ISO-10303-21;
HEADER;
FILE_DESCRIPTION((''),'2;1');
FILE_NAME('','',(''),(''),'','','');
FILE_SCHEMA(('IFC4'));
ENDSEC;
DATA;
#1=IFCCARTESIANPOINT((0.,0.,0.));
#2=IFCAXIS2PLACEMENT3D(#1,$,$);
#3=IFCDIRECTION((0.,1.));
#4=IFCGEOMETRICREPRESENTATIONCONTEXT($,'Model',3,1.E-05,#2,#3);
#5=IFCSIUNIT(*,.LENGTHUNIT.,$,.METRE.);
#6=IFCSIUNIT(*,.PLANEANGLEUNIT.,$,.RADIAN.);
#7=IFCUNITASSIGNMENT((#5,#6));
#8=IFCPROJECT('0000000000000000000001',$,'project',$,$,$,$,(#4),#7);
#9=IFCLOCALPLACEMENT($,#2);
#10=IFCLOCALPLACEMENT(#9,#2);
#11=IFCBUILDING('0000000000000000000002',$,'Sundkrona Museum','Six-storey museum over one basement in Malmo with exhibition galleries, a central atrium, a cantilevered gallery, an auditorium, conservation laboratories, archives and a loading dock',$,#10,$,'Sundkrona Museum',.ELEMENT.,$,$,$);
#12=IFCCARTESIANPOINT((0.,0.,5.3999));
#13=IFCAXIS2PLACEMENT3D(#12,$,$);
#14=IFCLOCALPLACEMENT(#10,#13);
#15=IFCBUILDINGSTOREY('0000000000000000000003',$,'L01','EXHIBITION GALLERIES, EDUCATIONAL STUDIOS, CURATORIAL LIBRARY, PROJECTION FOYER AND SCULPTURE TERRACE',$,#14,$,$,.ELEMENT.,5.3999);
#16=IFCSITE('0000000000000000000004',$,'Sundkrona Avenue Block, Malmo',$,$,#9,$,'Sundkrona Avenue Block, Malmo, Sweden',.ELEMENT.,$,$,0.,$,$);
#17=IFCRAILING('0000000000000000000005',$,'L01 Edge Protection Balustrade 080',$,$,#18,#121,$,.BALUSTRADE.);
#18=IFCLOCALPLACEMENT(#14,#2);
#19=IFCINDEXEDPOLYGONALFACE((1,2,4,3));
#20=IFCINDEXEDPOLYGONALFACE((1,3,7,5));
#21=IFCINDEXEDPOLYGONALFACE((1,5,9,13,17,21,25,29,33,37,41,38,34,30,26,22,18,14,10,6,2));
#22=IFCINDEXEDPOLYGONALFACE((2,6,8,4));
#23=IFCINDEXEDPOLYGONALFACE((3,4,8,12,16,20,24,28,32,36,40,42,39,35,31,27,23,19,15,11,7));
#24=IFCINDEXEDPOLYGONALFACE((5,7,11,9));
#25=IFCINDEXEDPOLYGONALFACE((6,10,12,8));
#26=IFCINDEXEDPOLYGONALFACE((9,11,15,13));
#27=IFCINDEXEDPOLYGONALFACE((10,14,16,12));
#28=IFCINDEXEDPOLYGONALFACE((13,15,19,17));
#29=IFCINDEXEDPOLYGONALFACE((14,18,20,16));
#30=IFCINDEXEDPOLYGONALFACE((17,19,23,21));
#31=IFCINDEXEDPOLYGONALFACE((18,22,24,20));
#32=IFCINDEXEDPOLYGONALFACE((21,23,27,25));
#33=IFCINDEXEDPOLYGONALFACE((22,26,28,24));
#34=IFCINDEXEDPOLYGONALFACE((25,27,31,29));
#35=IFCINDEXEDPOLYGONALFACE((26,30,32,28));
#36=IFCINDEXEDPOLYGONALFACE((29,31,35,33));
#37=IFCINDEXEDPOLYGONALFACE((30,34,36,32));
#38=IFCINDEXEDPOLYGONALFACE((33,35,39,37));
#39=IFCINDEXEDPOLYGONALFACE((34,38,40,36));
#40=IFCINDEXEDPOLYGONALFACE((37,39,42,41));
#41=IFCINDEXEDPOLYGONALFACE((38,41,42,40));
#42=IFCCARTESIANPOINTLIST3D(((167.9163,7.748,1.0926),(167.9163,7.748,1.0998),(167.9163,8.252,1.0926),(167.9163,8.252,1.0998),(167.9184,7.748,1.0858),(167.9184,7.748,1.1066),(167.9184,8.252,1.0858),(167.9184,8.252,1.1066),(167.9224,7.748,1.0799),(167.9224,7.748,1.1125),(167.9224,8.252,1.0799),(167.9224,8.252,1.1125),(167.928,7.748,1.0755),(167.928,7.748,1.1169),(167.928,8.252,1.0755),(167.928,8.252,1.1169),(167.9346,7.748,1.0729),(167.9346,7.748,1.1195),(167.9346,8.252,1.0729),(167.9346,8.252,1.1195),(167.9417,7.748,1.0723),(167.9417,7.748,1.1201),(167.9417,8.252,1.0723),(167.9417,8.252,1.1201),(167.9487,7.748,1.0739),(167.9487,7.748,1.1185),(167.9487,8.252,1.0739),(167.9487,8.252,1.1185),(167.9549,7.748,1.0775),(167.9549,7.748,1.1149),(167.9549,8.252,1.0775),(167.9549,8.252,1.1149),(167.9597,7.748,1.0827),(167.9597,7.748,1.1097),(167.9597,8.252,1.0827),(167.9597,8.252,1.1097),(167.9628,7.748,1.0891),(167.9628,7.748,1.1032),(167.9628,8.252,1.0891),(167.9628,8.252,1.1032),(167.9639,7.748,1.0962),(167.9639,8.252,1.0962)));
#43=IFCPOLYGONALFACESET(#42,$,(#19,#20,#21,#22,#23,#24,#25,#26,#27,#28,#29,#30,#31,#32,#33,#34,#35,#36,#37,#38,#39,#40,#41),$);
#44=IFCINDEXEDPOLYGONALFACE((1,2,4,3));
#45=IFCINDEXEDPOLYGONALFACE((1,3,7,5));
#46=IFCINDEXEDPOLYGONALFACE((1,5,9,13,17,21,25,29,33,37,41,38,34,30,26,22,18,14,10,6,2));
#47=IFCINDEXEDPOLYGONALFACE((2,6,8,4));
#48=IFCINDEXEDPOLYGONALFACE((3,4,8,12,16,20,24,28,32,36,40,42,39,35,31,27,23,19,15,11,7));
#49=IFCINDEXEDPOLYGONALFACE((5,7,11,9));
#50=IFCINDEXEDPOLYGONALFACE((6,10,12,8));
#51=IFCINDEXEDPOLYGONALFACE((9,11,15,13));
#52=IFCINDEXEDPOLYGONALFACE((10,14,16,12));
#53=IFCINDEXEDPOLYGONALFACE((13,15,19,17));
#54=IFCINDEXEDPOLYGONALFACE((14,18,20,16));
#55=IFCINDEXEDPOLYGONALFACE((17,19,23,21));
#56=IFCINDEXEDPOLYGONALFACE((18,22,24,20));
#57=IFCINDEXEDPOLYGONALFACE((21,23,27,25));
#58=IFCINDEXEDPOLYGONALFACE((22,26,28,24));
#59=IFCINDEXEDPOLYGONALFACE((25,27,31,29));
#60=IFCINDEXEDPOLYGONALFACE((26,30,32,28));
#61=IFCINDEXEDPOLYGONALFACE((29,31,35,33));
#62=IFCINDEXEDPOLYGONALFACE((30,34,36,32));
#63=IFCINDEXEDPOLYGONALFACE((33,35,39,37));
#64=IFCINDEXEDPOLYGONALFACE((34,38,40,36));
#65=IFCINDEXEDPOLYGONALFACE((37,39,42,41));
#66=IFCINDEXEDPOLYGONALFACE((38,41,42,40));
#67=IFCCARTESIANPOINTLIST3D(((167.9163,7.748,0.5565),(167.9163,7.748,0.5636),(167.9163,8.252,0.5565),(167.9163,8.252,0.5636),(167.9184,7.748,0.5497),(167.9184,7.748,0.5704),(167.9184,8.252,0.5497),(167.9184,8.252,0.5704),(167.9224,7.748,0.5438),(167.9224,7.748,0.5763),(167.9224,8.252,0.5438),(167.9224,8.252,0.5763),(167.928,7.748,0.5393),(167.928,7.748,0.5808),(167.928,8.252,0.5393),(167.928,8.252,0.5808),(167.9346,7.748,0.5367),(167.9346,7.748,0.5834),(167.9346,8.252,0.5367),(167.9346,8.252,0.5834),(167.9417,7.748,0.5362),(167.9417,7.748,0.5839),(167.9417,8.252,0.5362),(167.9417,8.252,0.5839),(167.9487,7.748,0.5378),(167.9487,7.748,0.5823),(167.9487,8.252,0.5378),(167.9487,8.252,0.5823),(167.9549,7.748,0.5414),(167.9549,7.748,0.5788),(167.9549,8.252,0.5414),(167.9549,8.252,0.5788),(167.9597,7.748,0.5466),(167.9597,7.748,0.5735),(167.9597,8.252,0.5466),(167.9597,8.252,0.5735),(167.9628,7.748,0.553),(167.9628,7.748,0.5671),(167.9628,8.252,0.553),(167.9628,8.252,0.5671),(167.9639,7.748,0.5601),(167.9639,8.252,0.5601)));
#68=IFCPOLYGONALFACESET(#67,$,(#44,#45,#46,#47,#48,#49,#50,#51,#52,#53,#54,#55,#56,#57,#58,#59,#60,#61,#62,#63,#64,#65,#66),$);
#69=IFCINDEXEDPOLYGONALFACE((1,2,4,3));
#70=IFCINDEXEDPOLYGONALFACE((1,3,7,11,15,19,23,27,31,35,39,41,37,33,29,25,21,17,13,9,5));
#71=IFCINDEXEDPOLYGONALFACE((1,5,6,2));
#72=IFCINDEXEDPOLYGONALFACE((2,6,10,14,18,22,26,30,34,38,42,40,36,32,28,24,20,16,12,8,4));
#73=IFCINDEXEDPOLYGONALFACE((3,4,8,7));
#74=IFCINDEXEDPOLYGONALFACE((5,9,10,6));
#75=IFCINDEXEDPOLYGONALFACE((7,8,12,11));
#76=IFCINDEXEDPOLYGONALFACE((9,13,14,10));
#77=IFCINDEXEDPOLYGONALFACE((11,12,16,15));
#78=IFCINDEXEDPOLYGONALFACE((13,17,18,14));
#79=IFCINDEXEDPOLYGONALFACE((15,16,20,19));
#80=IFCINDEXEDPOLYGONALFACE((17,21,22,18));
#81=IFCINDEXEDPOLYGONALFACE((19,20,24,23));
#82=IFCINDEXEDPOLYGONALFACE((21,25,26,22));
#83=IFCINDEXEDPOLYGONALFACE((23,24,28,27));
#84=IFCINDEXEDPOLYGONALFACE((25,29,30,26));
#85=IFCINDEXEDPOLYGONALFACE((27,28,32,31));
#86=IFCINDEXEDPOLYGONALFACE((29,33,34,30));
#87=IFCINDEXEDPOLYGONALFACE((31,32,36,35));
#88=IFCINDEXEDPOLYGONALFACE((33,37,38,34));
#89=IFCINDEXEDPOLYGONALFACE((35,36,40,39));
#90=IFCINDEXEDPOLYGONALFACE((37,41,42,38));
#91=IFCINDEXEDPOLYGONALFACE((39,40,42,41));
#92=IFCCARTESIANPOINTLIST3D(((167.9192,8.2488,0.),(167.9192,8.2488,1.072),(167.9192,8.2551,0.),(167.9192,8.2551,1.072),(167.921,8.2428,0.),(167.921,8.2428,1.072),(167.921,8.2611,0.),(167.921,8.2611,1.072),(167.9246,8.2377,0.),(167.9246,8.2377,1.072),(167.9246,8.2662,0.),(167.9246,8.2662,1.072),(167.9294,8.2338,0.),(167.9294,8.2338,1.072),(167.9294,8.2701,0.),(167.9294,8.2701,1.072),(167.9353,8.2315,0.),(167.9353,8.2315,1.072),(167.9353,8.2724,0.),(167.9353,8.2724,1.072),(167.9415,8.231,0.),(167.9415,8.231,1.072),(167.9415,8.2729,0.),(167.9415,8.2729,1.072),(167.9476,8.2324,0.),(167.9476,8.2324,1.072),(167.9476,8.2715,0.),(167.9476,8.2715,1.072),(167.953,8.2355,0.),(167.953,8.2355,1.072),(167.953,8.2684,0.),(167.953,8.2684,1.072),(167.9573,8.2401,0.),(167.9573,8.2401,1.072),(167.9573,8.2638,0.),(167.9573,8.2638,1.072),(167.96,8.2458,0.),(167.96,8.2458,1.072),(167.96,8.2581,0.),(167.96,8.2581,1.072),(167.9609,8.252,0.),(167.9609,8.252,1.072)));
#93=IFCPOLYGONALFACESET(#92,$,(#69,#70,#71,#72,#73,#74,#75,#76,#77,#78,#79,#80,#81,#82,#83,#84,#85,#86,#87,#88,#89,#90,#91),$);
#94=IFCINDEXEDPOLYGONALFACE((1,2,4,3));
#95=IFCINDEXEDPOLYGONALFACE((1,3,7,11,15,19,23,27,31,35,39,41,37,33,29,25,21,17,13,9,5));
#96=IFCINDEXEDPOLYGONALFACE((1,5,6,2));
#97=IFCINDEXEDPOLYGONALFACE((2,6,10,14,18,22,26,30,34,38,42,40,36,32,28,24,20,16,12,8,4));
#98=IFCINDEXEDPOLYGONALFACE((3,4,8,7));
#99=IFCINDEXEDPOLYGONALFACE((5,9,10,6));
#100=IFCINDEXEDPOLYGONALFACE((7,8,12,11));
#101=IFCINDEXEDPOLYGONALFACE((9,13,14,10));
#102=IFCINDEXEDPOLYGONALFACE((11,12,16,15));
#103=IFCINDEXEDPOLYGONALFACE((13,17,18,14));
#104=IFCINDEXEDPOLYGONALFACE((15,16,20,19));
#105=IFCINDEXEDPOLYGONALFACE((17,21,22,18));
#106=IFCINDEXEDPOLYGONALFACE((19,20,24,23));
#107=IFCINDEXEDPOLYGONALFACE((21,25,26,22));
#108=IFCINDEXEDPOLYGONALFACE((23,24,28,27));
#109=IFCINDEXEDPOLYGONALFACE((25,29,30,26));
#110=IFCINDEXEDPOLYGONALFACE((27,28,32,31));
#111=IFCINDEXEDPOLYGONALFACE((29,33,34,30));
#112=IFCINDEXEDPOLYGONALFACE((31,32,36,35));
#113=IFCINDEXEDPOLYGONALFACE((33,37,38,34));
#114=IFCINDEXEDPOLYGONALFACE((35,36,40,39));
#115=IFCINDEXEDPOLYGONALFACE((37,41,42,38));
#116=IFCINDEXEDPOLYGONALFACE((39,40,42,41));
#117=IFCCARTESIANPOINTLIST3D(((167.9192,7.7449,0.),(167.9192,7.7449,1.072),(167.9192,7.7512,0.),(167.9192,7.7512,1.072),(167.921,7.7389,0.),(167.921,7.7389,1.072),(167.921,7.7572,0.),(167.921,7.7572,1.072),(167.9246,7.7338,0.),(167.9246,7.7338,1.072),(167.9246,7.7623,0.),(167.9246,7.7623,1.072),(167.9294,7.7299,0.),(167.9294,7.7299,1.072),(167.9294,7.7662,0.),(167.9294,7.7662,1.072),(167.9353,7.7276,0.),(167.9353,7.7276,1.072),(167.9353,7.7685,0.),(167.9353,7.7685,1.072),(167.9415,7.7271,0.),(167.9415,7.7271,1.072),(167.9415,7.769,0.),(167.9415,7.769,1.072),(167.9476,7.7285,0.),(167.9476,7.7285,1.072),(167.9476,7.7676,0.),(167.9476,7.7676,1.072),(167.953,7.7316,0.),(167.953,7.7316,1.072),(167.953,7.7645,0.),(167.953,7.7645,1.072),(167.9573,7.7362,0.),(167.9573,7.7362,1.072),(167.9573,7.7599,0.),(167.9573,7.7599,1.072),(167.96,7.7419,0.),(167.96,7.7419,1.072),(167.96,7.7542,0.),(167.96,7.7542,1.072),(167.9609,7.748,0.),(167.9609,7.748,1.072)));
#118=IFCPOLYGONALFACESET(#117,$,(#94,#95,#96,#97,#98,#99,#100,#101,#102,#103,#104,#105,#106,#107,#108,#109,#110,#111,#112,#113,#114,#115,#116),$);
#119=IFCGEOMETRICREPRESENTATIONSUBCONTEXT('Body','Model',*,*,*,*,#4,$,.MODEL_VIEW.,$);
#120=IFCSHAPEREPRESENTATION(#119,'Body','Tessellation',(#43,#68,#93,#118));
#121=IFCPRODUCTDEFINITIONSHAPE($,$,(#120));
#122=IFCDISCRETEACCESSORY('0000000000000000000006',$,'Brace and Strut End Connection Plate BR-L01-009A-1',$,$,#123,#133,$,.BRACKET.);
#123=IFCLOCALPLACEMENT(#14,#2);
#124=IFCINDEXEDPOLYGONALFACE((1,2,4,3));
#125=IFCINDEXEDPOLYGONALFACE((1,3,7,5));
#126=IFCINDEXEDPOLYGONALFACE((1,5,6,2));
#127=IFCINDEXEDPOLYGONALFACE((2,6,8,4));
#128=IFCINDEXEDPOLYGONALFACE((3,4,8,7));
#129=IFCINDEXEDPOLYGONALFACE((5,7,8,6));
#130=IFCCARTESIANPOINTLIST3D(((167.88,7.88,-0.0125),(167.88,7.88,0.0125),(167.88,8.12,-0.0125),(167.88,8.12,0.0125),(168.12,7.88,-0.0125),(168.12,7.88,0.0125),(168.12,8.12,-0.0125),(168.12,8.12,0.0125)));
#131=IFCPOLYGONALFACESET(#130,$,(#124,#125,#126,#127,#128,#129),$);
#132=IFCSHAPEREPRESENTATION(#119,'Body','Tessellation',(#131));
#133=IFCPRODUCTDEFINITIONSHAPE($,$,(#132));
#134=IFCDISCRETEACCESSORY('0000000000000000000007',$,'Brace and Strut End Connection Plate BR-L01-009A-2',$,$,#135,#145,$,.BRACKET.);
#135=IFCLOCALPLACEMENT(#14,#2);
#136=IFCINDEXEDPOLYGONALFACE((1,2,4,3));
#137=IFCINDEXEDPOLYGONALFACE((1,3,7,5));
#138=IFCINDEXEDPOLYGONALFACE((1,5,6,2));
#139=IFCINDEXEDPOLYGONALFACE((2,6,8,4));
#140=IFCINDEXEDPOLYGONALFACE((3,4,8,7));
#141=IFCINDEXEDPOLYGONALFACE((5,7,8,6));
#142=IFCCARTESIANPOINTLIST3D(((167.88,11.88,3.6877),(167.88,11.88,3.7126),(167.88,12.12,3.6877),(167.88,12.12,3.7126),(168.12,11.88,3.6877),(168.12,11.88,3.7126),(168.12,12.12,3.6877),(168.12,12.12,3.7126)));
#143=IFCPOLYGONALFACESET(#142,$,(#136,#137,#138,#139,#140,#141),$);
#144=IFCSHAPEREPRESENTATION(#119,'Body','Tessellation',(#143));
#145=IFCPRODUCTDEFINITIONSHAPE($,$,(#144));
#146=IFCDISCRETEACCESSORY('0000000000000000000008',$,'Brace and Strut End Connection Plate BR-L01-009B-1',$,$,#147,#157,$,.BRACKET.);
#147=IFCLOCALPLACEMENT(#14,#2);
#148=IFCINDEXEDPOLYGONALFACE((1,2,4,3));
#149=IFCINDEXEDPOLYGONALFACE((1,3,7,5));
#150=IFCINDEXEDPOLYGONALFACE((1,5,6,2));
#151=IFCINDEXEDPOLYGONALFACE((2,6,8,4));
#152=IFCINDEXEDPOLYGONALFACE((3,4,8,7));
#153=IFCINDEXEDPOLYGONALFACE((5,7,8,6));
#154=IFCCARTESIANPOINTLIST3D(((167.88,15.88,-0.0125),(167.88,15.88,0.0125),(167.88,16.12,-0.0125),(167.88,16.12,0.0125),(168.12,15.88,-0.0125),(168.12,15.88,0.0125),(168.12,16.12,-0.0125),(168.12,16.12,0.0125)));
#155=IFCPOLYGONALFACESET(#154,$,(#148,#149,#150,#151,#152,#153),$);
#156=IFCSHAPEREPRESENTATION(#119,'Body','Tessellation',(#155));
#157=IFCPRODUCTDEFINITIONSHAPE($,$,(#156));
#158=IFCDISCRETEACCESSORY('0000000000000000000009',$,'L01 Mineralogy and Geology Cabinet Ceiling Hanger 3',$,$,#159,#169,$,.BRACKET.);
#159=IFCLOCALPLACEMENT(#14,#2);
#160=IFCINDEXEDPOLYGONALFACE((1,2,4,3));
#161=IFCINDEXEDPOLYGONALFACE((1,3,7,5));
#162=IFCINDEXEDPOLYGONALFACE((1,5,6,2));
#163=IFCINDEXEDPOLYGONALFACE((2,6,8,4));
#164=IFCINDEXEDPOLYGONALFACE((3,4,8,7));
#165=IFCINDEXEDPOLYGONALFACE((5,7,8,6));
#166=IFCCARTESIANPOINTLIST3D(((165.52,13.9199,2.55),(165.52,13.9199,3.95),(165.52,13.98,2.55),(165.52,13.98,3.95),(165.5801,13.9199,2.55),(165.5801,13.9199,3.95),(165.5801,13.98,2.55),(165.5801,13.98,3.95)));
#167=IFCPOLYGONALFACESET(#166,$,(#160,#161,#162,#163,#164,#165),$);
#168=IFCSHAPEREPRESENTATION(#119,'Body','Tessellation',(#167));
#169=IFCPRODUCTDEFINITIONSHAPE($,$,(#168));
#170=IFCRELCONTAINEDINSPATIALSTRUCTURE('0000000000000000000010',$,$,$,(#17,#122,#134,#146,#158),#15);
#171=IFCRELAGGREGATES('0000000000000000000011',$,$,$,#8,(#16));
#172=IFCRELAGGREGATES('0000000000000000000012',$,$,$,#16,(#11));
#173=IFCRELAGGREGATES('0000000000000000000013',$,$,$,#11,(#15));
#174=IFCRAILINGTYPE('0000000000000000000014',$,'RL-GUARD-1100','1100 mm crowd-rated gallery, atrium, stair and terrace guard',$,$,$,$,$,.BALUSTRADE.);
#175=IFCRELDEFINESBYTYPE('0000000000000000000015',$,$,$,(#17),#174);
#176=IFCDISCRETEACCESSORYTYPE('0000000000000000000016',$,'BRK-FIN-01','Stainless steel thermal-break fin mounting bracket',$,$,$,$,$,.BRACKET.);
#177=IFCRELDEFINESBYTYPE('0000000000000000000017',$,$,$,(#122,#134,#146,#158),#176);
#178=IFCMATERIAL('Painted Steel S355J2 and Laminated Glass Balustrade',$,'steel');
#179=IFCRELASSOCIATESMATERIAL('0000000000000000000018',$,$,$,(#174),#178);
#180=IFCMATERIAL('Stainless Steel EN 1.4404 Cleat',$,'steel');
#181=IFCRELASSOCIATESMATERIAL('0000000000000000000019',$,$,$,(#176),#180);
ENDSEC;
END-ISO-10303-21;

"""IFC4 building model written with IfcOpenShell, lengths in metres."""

from ifc_helpers import new_model, si_unit, direction, frame, origin, origin_2d, place, context, subcontext, project, spatial, rectangle, circle, extrude, material, type_object, element, save


model = new_model("IFC4")

# Units and contexts
model_context = context("Model", 3, precision=1e-05, world=origin(), true_north=direction((0.0, 1.0)))
body_context = subcontext(model_context, "Body", "Model", "MODEL_VIEW")
ifc_project = project(units=[si_unit("LENGTHUNIT", "METRE"), si_unit("PLANEANGLEUNIT", "RADIAN")], contexts=[model_context])

# Site, building, storey
site_placement = place(None, origin())
site = spatial("IfcSite", under=ifc_project, at=site_placement, Name="Sundkrona Avenue Block, Malmo", LongName="Sundkrona Avenue Block, Malmo, Sweden", CompositionType="ELEMENT", RefElevation=0.0)
building_placement = place(site_placement, origin())
building = spatial("IfcBuilding", under=site, at=building_placement, Name="Sundkrona Museum", Description="Six-storey museum over one basement in Malmo with exhibition galleries, a central atrium, a cantilevered gallery, an auditorium, conservation laboratories, archives and a loading dock", LongName="Sundkrona Museum", CompositionType="ELEMENT")
storey_placement = place(building_placement, frame((0.0, 0.0, 5.3999)))
storey = spatial("IfcBuildingStorey", under=building, at=storey_placement, Name="L01", Description="EXHIBITION GALLERIES, EDUCATIONAL STUDIOS, CURATORIAL LIBRARY, PROJECTION FOYER AND SCULPTURE TERRACE", CompositionType="ELEMENT", Elevation=5.3999)

# Railing
ifc_material_1 = material(Name="Painted Steel S355J2 and Laminated Glass Balustrade", Category="steel")
railing_type = type_object("IfcRailingType", Name="RL-GUARD-1100", Description="1100 mm crowd-rated gallery, atrium, stair and terrace guard", PredefinedType="BALUSTRADE", material=ifc_material_1)
railing_placement = place(storey_placement, frame((167.9399, 8.252, 0.0)))
element("IfcRailing", 1, at=railing_placement, inside=storey, type_object=railing_type, Name="L01 Edge Protection Balustrade 080", PredefinedType="BALUSTRADE", context=body_context, shape_type="SweptSolid", body=[
    extrude(circle(Radius=0.0239, at=origin_2d()), frame((0.0, 0.0, 1.0962), z_axis=(0.0, -1.0, 0.0), x_axis=(1.0, 0.0, 0.0)), (0.0, 0.0, 1.0), 0.5039),
    extrude(circle(Radius=0.0239, at=origin_2d()), frame((0.0, 0.0, 0.5601), z_axis=(0.0, -1.0, 0.0), x_axis=(1.0, 0.0, 0.0)), (0.0, 0.0, 1.0), 0.5039),
    extrude(circle(Radius=0.021, at=origin_2d()), origin(), (0.0, 0.0, 1.0), 1.072),
    extrude(circle(Radius=0.021, at=origin_2d()), frame((0.0, -0.5039, 0.0)), (0.0, 0.0, 1.0), 1.072),
])

# Discrete accessories
ifc_material_2 = material(Name="Stainless Steel EN 1.4404 Cleat", Category="steel")
discrete_accessory_type = type_object("IfcDiscreteAccessoryType", Name="BRK-FIN-01", Description="Stainless steel thermal-break fin mounting bracket", PredefinedType="BRACKET", material=ifc_material_2)
for number, where, z_axis, x_axis, name in (
    (2, (168.0, 8.0, -0.0125), (0.0, 0.0, 1.0), (1.0, 0.0, 0.0), "Brace and Strut End Connection Plate BR-L01-009A-1"),
    (3, (168.0, 12.0, 3.6877), (0.0, 0.0, 1.0), (1.0, 0.0, 0.0), "Brace and Strut End Connection Plate BR-L01-009A-2"),
    (4, (168.0, 16.0, -0.0125), (0.0, 0.0, 1.0), (1.0, 0.0, 0.0), "Brace and Strut End Connection Plate BR-L01-009B-1"),
):
    element("IfcDiscreteAccessory", number, at=place(storey_placement, frame(where, z_axis=z_axis, x_axis=x_axis)), inside=storey, type_object=discrete_accessory_type, Name=name, PredefinedType="BRACKET", context=body_context, shape_type="SweptSolid", body=[
        extrude(rectangle(XDim=0.24, YDim=0.24, at=origin_2d()), origin(), (0.0, 0.0, 1.0), 0.0249),
    ])
discrete_accessory_placement = place(storey_placement, frame((165.55, 13.95, 2.55), z_axis=(0.0, 0.0, 1.0), x_axis=(1.0, 0.0, 0.0)))
element("IfcDiscreteAccessory", 5, at=discrete_accessory_placement, inside=storey, type_object=discrete_accessory_type, Name="L01 Mineralogy and Geology Cabinet Ceiling Hanger 3", PredefinedType="BRACKET", context=body_context, shape_type="SweptSolid", body=[
    extrude(rectangle(XDim=0.0601, YDim=0.0601, at=origin_2d()), origin(), (0.0, 0.0, 1.0), 1.3999),
])

save(model, "model.ifc")
